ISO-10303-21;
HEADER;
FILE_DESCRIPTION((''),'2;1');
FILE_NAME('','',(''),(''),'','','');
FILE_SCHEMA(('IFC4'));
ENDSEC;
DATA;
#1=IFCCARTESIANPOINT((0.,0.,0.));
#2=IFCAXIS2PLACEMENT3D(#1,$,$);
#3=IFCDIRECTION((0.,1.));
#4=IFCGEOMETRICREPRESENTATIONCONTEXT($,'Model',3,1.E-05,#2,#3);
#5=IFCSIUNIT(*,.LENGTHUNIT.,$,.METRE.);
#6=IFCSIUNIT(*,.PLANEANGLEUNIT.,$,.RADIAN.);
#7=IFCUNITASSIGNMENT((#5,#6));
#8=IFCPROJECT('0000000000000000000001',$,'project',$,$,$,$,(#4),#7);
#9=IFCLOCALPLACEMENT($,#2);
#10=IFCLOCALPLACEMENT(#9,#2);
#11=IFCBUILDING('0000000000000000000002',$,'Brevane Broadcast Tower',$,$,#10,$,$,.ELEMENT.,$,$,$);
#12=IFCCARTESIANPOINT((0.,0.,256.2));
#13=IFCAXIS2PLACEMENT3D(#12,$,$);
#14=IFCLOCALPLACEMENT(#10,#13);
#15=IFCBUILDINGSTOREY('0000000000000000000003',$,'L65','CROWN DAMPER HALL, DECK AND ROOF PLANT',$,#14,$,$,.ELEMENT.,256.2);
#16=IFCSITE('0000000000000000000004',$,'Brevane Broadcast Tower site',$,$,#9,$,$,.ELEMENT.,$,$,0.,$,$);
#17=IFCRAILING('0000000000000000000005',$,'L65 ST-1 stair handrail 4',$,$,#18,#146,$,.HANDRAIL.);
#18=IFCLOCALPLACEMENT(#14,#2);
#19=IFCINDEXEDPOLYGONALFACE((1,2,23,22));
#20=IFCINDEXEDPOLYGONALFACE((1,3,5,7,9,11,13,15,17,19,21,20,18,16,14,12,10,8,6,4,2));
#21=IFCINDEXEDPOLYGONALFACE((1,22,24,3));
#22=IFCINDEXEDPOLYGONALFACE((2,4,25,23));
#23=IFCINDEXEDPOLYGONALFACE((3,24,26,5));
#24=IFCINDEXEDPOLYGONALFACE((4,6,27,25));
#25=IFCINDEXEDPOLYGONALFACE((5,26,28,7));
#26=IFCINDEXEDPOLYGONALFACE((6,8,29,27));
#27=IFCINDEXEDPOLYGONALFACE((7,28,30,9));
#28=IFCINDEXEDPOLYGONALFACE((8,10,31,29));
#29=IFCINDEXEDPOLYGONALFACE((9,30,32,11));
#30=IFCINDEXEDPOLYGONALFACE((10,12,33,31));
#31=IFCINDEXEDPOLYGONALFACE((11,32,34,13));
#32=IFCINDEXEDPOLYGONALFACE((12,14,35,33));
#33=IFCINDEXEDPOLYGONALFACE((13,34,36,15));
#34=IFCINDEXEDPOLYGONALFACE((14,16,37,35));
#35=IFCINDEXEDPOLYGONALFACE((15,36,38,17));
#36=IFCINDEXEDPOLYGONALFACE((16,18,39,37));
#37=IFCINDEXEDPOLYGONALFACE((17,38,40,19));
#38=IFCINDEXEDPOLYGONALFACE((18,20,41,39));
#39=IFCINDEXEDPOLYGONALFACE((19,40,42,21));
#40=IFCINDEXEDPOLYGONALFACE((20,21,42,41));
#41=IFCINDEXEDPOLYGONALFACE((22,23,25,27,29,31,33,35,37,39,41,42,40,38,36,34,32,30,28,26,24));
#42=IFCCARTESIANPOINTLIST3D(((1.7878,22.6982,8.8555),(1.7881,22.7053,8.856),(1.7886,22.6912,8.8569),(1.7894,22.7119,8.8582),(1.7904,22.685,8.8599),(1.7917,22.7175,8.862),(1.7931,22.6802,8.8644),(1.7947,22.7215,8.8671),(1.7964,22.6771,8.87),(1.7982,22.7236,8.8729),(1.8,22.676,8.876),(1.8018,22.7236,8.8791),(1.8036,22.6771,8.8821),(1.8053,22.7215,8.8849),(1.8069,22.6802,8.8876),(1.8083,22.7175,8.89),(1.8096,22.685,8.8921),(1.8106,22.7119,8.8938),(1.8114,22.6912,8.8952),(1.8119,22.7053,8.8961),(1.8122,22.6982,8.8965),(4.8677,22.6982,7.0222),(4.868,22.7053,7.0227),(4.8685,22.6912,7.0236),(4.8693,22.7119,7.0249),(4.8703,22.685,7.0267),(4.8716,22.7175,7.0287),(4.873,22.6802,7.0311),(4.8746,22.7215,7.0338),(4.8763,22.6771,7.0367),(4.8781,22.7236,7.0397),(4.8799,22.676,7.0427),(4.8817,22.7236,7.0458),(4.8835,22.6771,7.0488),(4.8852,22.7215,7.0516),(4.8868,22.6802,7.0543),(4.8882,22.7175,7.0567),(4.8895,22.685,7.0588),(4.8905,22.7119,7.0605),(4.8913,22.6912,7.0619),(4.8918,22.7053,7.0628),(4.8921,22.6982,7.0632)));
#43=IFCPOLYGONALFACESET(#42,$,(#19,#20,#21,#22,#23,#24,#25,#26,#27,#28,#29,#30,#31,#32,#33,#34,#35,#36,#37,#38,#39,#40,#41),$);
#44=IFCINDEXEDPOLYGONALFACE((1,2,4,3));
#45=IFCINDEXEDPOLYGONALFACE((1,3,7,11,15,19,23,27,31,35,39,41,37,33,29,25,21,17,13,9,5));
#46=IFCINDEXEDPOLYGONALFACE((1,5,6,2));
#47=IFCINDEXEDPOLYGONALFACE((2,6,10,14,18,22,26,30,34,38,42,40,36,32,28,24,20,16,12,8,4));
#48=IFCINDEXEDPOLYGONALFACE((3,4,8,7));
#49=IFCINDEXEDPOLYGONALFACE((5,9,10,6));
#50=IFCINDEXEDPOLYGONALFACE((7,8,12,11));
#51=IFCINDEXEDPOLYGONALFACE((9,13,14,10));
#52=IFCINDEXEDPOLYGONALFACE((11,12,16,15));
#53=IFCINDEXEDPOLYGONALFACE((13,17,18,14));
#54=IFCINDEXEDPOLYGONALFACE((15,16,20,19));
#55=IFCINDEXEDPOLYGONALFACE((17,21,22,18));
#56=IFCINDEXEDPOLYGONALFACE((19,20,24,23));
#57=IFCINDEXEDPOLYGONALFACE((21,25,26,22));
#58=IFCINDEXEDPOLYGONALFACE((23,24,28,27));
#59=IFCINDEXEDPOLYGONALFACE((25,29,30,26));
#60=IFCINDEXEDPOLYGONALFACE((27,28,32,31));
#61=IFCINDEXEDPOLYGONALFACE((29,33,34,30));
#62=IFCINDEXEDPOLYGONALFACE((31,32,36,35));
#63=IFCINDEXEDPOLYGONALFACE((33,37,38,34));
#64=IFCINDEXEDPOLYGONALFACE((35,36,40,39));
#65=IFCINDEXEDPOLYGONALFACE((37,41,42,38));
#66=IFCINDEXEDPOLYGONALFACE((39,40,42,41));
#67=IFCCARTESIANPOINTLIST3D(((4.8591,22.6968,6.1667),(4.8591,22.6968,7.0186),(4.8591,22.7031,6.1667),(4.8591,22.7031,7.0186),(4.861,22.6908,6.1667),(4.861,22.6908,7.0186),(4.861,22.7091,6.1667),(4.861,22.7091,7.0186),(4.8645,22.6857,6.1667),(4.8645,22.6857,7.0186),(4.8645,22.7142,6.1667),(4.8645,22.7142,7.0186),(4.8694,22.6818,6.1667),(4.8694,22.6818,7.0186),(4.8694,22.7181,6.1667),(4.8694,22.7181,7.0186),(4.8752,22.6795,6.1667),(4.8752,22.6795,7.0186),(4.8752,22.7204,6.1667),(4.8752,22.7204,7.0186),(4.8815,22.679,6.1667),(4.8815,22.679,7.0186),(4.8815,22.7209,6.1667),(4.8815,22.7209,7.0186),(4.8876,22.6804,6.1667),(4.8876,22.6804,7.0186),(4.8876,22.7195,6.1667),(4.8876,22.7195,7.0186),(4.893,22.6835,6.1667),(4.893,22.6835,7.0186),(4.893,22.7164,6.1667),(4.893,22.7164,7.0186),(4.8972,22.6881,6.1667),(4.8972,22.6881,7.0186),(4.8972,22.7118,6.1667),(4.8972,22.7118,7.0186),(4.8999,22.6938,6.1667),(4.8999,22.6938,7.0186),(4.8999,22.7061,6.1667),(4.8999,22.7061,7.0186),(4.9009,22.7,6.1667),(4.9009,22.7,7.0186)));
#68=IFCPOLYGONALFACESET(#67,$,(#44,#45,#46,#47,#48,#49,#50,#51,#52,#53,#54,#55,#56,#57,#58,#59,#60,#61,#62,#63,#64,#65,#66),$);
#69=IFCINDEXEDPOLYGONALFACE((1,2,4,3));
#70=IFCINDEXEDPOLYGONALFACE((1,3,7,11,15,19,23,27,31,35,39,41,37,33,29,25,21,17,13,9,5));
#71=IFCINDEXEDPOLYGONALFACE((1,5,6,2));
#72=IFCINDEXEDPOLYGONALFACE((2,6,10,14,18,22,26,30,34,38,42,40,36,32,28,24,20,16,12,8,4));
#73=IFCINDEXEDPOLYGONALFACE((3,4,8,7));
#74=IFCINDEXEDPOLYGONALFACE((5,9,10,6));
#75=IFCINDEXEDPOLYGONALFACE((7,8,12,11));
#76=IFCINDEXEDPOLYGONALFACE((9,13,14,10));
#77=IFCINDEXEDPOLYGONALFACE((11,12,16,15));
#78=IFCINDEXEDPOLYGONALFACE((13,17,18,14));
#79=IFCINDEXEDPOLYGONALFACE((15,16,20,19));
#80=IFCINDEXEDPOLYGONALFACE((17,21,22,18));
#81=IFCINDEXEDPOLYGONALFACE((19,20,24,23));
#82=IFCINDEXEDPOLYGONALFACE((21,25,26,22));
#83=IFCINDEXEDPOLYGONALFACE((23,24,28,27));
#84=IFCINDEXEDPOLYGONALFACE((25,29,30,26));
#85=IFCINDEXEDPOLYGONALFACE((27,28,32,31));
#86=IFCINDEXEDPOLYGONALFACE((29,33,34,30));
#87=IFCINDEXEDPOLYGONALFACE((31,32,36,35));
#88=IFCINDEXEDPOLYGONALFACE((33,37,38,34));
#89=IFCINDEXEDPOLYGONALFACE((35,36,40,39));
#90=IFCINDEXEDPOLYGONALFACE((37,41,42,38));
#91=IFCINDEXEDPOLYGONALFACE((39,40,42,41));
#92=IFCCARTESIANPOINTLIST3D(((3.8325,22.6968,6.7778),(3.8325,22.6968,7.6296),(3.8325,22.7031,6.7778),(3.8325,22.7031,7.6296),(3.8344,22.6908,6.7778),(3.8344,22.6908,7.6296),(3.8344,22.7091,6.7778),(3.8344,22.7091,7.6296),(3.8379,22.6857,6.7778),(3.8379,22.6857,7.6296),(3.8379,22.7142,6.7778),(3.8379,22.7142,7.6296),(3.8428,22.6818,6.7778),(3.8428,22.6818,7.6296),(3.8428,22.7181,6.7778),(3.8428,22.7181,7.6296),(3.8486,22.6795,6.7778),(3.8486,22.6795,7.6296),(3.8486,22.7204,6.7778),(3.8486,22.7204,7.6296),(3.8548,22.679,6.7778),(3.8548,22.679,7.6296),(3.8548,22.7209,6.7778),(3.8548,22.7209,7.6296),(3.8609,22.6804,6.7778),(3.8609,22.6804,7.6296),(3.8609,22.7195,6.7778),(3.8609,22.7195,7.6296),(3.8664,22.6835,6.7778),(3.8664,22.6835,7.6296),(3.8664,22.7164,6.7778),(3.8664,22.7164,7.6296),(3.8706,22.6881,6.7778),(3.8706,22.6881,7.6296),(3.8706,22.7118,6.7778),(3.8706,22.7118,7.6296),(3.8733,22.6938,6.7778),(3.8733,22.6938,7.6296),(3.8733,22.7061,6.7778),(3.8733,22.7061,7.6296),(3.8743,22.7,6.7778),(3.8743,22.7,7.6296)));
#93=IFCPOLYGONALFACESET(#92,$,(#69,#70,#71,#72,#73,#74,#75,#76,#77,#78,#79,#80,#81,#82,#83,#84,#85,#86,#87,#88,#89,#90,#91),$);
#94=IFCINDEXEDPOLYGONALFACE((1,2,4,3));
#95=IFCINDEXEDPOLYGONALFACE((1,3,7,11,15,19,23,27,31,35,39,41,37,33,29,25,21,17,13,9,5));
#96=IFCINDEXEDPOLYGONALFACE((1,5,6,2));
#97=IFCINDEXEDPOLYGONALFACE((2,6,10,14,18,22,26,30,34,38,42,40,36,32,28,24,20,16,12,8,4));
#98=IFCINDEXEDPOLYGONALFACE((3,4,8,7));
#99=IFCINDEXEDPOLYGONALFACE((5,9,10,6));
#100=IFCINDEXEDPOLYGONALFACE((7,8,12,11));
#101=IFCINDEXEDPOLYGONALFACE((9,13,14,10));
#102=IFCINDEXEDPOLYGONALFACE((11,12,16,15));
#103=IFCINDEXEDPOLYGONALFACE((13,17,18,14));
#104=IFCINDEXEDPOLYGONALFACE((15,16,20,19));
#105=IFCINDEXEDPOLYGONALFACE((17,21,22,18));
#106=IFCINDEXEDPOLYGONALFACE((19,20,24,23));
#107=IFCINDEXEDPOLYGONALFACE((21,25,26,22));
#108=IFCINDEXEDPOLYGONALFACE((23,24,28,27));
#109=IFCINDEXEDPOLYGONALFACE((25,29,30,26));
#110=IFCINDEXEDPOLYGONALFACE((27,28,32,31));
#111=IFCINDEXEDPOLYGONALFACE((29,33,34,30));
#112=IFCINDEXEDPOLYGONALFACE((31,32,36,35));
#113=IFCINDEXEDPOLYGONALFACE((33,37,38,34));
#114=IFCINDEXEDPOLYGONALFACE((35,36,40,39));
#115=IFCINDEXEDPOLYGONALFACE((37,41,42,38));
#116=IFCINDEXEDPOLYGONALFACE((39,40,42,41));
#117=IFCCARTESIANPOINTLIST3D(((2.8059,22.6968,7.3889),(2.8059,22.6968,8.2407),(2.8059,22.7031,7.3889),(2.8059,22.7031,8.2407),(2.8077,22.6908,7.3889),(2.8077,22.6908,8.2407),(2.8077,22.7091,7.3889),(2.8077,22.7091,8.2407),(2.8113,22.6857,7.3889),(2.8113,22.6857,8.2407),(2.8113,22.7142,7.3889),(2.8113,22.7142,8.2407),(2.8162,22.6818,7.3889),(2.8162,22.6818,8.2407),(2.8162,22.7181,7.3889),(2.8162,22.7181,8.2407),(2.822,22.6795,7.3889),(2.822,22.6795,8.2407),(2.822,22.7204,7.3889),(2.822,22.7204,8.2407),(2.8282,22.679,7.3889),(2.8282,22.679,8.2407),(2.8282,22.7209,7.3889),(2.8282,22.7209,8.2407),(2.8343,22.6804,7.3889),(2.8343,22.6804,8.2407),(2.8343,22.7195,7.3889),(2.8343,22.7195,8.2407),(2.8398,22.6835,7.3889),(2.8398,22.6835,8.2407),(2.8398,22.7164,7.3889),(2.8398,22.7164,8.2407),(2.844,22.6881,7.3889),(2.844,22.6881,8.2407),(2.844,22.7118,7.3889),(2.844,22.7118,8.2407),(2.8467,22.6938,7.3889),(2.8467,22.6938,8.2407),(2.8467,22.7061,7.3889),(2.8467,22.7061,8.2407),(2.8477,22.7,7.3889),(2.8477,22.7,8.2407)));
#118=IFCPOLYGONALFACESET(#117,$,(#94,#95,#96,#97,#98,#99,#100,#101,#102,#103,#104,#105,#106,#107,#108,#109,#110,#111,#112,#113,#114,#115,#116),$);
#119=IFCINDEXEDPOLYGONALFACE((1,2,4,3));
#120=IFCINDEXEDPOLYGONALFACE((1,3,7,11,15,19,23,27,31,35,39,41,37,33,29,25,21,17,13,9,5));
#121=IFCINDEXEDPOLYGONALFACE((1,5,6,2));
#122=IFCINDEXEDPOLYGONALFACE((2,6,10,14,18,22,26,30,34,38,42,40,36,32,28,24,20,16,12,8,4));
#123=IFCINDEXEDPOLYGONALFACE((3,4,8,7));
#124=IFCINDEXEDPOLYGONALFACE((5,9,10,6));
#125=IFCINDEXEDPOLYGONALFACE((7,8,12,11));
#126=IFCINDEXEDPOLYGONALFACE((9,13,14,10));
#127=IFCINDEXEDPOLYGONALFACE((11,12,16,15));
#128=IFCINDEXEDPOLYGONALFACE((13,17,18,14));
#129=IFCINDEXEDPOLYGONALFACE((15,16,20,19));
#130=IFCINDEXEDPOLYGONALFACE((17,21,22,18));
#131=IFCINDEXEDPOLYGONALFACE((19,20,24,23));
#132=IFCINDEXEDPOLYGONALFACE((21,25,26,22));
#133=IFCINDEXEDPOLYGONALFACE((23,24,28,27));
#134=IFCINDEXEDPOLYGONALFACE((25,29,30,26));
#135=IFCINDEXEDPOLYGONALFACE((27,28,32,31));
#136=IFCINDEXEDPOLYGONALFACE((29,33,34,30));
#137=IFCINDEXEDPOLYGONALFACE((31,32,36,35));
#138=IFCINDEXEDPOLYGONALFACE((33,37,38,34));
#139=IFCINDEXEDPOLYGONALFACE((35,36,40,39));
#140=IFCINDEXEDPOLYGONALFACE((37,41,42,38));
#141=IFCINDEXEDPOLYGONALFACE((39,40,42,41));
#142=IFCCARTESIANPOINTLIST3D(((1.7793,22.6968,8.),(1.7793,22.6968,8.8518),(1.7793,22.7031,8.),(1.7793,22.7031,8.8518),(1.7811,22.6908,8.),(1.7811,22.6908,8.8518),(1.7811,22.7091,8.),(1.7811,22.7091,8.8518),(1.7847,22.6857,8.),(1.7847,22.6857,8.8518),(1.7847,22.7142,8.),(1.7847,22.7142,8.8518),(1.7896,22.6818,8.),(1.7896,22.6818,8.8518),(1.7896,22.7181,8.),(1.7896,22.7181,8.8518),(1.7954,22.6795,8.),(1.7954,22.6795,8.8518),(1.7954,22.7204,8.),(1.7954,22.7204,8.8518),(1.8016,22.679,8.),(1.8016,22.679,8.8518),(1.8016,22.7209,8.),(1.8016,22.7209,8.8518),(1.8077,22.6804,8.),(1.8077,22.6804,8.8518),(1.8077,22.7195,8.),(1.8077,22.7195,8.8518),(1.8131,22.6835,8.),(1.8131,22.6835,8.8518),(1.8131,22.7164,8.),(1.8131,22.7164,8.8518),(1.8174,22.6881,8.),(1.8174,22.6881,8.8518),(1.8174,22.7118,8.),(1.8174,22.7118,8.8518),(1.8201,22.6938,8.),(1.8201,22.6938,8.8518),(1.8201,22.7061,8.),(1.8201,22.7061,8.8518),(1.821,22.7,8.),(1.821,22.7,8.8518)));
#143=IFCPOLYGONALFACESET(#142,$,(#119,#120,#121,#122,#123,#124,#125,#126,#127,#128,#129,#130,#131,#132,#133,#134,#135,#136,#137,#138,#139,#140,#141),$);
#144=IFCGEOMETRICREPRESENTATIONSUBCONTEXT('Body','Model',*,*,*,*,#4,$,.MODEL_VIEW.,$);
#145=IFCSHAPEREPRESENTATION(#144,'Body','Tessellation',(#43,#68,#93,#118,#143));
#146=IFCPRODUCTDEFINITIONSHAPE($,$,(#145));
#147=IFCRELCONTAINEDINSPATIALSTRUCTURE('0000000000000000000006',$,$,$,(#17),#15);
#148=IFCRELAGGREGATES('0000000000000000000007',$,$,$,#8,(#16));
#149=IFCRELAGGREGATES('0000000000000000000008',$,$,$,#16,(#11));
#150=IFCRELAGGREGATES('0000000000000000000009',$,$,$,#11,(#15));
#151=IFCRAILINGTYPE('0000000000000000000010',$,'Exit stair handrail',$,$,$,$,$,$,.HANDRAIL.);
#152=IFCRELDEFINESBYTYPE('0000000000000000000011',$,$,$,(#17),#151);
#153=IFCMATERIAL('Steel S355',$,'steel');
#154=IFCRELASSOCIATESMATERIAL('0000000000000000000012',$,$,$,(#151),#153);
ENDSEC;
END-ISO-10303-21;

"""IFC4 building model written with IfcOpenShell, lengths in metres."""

from ifc_helpers import new_model, si_unit, direction, frame, origin, origin_2d, place, context, subcontext, project, spatial, circle, extrude, material, type_object, element, save


model = new_model("IFC4")

# Units and contexts
model_context = context("Model", 3, precision=1e-05, world=origin(), true_north=direction((0.0, 1.0)))
body_context = subcontext(model_context, "Body", "Model", "MODEL_VIEW")
ifc_project = project(units=[si_unit("LENGTHUNIT", "METRE"), si_unit("PLANEANGLEUNIT", "RADIAN")], contexts=[model_context])

# Site, building, storey
site_placement = place(None, origin())
site = spatial("IfcSite", under=ifc_project, at=site_placement, Name="Brevane Broadcast Tower site", CompositionType="ELEMENT", RefElevation=0.0)
building_placement = place(site_placement, origin())
building = spatial("IfcBuilding", under=site, at=building_placement, Name="Brevane Broadcast Tower", CompositionType="ELEMENT")
storey_placement = place(building_placement, frame((0.0, 0.0, 256.2)))
storey = spatial("IfcBuildingStorey", under=building, at=storey_placement, Name="L65", Description="CROWN DAMPER HALL, DECK AND ROOF PLANT", CompositionType="ELEMENT", Elevation=256.2)

# Shared definitions
ifc_material_1 = material(Name="Steel S355", Category="steel")

# Railing
railing_type_1 = type_object("IfcRailingType", Name="Exit stair handrail", PredefinedType="HANDRAIL", material=ifc_material_1)
for number, where, name in (
    (1, (4.8799, 22.7, 6.1667), "L65 ST-1 stair handrail 4"),
):
    element("IfcRailing", number, at=place(storey_placement, frame(where)), inside=storey, type_object=railing_type_1, Name=name, PredefinedType="HANDRAIL", context=body_context, shape_type="SweptSolid", body=[
        extrude(circle(Radius=0.0239, at=origin_2d()), frame((0.0, 0.0, 0.876), z_axis=(-0.859291, 0.0, 0.511487), x_axis=(0.0, -1.0, 0.0)), (0.0, 0.0, 1.0), 3.5842),
        extrude(circle(Radius=0.021, at=origin_2d()), origin(), (0.0, 0.0, 1.0), 0.8518),
        extrude(circle(Radius=0.021, at=origin_2d()), frame((-1.0266, 0.0, 0.6111)), (0.0, 0.0, 1.0), 0.8518),
        extrude(circle(Radius=0.021, at=origin_2d()), frame((-2.0532, 0.0, 1.2222)), (0.0, 0.0, 1.0), 0.8518),
        extrude(circle(Radius=0.021, at=origin_2d()), frame((-3.0798, 0.0, 1.8333)), (0.0, 0.0, 1.0), 0.8518),
    ])

save(model, "model.ifc")
